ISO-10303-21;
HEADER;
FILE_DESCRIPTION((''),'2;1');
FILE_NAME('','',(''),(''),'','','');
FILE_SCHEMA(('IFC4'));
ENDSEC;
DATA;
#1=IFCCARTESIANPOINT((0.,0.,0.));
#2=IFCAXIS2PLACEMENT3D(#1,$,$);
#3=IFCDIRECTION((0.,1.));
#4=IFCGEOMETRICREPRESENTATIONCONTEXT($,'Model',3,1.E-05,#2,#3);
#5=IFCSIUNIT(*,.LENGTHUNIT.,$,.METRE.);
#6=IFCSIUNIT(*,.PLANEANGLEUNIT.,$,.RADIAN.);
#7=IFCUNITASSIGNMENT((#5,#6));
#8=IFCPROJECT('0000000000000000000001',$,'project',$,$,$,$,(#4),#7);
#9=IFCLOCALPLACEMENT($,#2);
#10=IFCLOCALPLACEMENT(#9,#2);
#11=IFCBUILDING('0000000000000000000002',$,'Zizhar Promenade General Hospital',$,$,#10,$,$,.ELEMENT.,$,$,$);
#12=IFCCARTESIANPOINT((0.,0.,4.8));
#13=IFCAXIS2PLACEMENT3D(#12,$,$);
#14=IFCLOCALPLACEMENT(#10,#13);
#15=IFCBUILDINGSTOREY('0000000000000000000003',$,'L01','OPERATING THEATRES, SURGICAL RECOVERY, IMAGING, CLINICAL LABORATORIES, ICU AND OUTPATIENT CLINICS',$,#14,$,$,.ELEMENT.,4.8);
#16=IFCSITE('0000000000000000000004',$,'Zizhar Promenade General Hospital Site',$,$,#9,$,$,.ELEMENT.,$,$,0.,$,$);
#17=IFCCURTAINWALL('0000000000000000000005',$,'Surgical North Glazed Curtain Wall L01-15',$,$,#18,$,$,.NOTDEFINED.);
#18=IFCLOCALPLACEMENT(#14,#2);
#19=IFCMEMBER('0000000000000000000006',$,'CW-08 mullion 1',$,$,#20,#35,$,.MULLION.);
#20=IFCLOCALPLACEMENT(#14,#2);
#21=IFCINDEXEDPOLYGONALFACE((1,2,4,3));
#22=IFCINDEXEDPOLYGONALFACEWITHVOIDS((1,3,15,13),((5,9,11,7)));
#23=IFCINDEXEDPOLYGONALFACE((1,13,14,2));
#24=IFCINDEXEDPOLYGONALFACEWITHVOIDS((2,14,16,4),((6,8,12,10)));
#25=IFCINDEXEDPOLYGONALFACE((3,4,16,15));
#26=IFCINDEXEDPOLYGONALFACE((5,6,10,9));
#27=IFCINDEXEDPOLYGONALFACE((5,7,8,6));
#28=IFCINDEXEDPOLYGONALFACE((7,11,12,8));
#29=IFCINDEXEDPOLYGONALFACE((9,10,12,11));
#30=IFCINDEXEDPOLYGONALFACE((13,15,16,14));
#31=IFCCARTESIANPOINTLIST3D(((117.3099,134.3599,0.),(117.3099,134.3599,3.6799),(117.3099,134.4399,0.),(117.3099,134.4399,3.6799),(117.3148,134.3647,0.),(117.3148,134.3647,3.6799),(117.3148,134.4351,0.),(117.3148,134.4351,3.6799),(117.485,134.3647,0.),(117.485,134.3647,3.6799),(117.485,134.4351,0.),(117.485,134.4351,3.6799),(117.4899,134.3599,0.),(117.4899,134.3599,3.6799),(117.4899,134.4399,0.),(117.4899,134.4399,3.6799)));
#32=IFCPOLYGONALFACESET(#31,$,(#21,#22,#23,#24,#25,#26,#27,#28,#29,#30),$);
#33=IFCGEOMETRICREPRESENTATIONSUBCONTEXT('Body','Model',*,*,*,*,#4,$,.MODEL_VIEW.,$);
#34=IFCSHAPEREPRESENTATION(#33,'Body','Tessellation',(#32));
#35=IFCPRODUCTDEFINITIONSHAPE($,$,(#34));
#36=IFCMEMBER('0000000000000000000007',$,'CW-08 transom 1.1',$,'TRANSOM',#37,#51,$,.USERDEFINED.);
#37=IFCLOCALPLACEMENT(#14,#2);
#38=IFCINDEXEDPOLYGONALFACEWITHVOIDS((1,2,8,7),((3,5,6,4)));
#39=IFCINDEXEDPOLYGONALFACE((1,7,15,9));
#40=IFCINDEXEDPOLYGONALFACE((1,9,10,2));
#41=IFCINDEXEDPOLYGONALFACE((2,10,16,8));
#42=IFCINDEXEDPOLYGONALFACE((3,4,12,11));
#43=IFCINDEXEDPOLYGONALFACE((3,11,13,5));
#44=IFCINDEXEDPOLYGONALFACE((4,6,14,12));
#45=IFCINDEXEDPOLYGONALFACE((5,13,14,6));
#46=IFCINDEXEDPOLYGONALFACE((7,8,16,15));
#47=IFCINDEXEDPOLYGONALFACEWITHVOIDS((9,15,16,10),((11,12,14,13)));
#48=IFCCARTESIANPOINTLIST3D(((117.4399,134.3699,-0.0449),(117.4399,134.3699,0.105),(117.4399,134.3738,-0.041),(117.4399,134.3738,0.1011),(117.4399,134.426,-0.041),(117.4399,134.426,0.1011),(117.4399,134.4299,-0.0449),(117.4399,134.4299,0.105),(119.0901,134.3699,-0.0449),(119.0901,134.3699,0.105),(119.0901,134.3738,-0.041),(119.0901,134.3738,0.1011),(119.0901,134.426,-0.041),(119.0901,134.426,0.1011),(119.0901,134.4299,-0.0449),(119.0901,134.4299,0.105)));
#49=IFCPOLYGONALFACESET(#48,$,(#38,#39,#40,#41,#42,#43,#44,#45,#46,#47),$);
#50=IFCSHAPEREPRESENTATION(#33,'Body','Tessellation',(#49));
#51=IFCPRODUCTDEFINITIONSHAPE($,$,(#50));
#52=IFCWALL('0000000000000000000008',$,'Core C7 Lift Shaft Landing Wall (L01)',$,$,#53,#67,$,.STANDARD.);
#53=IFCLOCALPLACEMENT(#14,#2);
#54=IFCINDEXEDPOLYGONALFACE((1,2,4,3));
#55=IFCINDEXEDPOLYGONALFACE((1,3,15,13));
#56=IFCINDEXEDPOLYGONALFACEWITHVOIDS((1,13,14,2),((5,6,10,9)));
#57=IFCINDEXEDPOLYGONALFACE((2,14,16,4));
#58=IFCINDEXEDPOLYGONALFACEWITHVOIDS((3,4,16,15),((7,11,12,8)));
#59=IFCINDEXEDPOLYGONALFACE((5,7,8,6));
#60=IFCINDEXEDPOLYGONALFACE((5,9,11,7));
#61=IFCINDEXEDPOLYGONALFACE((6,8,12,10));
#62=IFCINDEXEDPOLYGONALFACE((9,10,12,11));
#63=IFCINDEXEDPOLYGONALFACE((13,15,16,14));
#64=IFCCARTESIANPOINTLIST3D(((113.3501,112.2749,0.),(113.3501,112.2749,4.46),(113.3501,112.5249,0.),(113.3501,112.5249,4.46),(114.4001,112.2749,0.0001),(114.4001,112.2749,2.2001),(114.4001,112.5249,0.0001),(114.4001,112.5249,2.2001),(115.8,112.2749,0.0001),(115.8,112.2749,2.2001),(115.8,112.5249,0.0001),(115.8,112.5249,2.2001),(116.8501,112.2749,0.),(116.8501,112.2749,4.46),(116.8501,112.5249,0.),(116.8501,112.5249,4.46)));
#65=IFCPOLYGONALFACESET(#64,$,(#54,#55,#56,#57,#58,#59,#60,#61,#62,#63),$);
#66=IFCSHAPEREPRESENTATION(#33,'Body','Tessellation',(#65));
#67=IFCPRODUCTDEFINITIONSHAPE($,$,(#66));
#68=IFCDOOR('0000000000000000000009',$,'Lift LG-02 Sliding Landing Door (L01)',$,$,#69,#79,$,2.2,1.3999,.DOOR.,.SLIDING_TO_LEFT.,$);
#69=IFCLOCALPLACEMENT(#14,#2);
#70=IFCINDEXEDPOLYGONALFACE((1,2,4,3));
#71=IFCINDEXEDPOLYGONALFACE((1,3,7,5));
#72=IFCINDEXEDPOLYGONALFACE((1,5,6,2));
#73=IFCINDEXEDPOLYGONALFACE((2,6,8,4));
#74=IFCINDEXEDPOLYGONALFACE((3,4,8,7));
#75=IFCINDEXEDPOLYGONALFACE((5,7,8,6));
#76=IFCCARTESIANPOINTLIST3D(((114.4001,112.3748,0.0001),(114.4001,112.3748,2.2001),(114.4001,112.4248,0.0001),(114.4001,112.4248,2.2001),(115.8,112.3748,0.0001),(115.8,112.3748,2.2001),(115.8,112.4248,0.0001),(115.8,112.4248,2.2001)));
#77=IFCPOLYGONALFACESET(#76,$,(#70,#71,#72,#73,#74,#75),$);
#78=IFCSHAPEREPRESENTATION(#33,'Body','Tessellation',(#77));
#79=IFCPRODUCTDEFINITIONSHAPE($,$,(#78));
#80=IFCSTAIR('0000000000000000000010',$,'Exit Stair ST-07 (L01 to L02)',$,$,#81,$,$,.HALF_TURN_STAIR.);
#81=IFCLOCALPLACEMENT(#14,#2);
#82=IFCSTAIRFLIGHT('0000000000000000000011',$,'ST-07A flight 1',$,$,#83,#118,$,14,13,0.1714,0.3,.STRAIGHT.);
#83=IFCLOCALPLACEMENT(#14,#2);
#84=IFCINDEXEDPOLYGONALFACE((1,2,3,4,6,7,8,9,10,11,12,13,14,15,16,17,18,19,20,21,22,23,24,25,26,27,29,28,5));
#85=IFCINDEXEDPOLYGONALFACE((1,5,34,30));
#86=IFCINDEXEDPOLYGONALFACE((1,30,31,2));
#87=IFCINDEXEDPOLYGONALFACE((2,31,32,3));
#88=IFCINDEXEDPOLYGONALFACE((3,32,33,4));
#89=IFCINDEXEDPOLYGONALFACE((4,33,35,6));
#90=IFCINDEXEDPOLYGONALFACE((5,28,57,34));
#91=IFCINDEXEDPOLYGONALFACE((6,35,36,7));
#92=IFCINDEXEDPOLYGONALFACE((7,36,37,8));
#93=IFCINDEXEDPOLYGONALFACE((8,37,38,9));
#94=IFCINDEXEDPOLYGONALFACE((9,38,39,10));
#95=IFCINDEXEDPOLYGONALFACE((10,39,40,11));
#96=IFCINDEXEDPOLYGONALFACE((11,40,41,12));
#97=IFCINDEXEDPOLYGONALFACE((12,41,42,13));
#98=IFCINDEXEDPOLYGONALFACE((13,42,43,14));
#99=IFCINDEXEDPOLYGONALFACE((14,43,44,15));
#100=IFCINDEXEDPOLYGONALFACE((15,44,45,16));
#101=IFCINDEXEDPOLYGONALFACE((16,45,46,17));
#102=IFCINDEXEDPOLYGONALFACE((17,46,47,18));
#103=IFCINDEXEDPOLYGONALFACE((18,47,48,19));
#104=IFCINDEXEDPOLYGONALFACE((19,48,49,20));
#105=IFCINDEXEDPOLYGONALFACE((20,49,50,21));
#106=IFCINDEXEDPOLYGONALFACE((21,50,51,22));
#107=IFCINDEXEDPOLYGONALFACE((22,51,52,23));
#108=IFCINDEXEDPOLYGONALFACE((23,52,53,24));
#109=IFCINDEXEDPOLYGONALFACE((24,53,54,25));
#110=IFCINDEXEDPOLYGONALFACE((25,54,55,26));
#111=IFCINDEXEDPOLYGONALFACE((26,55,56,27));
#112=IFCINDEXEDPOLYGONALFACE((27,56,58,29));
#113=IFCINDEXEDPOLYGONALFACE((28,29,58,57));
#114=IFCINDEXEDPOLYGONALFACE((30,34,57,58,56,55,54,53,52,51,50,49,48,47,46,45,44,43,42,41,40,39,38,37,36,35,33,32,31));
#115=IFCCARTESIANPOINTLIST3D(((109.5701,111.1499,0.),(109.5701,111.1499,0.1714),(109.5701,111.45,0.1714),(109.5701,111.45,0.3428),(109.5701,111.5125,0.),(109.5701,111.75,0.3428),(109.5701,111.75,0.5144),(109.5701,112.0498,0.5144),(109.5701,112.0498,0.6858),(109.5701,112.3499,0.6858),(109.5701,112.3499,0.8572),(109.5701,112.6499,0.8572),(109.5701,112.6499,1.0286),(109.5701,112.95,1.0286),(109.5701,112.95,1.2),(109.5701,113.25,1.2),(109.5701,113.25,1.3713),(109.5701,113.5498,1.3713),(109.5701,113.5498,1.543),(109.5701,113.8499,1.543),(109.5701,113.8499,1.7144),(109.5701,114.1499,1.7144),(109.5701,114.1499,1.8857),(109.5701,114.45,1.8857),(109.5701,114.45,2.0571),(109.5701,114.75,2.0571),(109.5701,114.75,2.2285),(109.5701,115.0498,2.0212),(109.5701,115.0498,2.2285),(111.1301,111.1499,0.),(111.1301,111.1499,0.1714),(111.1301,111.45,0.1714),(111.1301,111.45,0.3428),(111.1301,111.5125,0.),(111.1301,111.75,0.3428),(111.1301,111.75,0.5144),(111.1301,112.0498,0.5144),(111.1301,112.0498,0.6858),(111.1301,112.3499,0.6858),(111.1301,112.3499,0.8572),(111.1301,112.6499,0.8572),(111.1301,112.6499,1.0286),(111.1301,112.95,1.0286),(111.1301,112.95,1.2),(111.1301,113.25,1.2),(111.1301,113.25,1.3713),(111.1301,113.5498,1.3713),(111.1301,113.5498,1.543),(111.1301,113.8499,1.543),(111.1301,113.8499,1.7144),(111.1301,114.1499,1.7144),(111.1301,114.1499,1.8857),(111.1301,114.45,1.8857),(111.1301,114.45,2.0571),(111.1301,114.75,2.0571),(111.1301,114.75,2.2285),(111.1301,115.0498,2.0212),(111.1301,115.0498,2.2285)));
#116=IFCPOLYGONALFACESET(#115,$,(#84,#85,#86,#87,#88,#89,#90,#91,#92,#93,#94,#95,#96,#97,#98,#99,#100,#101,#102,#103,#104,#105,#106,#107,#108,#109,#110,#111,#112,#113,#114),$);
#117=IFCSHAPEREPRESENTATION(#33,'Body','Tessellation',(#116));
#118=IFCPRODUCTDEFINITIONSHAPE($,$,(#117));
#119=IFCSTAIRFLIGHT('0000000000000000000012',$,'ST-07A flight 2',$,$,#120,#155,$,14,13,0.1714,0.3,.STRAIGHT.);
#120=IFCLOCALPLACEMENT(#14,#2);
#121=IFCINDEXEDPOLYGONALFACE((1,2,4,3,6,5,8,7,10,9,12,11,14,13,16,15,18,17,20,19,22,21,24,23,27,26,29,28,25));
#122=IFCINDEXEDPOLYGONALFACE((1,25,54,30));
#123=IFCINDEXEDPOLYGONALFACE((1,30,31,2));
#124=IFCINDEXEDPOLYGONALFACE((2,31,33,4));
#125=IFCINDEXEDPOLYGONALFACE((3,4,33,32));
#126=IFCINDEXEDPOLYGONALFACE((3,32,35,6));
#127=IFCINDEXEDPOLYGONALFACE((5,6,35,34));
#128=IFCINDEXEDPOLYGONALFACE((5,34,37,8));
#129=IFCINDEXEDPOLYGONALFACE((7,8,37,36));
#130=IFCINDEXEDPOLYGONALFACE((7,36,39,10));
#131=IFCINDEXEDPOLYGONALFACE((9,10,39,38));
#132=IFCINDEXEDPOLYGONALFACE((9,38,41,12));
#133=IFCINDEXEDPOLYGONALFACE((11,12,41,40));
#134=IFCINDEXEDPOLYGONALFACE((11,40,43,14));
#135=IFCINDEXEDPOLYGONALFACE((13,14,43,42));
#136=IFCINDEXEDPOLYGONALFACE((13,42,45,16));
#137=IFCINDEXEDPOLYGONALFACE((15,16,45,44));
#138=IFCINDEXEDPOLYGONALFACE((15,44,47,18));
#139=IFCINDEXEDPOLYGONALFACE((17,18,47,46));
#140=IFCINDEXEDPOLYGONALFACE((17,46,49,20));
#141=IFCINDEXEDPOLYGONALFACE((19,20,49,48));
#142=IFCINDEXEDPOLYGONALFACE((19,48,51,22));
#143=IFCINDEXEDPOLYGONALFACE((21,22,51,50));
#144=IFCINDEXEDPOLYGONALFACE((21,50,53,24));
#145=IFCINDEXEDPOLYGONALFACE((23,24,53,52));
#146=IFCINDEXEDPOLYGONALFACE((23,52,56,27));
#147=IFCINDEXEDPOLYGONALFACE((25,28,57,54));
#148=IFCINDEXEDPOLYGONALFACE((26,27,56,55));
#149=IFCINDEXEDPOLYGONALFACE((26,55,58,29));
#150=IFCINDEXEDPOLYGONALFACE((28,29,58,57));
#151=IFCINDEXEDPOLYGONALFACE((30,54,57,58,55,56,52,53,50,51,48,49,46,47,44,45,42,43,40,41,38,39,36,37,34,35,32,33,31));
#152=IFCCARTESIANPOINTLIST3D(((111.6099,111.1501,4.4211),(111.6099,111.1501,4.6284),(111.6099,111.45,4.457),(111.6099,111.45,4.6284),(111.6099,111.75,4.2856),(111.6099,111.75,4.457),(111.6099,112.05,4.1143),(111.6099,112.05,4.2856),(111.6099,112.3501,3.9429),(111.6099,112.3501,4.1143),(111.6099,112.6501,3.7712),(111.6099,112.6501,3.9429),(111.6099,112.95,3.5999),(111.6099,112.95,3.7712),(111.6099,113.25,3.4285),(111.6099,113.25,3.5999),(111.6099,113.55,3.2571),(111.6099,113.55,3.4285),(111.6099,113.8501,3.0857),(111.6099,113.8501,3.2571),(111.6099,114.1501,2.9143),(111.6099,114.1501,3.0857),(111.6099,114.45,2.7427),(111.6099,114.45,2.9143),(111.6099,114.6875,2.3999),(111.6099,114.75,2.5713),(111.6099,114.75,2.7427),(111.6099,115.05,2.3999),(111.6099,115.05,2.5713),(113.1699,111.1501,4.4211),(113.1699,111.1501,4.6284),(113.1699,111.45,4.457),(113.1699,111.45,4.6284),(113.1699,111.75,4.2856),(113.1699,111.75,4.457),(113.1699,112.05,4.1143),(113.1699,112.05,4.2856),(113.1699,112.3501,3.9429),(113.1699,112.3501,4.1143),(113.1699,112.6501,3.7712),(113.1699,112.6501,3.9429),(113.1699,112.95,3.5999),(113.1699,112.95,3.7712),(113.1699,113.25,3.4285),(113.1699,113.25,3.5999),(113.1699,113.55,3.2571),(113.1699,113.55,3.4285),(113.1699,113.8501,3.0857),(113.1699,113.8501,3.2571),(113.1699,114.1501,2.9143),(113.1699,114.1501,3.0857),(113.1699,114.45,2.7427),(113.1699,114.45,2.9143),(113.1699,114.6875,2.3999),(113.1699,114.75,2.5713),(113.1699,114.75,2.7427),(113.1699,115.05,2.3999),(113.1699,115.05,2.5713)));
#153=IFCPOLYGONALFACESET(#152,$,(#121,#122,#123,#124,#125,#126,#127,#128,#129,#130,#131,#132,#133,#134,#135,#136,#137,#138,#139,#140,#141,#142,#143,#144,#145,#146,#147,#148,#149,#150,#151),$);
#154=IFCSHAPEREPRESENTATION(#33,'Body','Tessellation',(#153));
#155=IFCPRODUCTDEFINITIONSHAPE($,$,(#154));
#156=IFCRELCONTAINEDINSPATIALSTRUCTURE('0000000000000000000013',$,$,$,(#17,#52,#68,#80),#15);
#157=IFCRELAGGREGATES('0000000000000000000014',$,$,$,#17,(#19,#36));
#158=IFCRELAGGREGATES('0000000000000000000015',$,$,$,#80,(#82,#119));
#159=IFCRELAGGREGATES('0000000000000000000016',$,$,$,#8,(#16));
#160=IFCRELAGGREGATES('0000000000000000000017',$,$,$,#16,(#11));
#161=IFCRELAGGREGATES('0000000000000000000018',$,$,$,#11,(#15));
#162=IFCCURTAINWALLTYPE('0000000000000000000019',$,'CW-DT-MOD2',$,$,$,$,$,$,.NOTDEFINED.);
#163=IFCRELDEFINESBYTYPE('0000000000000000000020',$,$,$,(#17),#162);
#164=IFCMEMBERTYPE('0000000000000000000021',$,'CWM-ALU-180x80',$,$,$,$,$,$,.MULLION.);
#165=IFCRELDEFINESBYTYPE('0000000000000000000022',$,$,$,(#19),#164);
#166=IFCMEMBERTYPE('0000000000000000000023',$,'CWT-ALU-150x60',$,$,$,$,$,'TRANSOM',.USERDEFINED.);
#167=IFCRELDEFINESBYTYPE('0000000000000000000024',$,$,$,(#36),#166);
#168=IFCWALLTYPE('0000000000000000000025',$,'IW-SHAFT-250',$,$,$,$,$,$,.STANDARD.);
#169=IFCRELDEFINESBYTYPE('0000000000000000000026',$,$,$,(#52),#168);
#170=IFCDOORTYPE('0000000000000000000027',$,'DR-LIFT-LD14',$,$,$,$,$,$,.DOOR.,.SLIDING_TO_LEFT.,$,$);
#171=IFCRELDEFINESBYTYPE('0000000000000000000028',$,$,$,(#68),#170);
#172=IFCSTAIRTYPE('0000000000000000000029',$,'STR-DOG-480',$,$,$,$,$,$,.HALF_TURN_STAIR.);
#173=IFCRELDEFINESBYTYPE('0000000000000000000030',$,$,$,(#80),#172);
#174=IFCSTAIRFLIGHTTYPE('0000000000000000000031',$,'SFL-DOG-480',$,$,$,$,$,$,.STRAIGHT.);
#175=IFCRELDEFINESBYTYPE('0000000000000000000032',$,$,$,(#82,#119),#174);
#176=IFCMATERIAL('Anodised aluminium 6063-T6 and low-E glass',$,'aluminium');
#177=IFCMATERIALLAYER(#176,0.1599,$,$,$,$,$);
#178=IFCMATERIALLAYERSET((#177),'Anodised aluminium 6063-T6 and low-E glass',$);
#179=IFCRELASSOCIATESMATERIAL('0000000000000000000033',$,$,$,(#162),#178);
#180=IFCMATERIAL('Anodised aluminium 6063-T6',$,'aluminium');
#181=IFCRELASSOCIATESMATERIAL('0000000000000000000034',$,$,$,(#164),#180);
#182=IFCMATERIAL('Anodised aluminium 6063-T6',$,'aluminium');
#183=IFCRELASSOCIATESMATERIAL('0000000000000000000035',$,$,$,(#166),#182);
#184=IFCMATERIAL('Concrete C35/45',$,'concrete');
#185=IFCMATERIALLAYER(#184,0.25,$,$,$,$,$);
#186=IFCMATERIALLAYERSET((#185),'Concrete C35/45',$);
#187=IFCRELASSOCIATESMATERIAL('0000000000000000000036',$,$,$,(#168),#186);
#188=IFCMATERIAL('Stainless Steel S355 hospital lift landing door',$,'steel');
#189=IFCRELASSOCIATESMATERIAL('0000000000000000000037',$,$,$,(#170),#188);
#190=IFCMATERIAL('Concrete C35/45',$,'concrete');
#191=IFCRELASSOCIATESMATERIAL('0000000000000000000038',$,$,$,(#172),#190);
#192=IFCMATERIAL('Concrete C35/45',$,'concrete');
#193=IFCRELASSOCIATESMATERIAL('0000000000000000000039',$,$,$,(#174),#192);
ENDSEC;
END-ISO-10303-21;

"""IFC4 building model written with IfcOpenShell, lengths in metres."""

from ifc_helpers import new_model, si_unit, direction, frame, frame_2d, origin, origin_2d, place, context, subcontext, project, spatial, polyline, rectangle, hollow_rectangle, outline, extrude, material, layer, layer_set, material_profile, profile_set, type_object, element, fill, aggregate, save


model = new_model("IFC4")

# Units and contexts
model_context = context("Model", 3, precision=1e-05, world=origin(), true_north=direction((0.0, 1.0)))
body_context = subcontext(model_context, "Body", "Model", "MODEL_VIEW")
ifc_project = project(units=[si_unit("LENGTHUNIT", "METRE"), si_unit("PLANEANGLEUNIT", "RADIAN")], contexts=[model_context])

# Site, building, storey
site_placement = place(None, origin())
site = spatial("IfcSite", under=ifc_project, at=site_placement, Name="Zizhar Promenade General Hospital Site", CompositionType="ELEMENT", RefElevation=0.0)
building_placement = place(site_placement, origin())
building = spatial("IfcBuilding", under=site, at=building_placement, Name="Zizhar Promenade General Hospital", CompositionType="ELEMENT")
storey_placement = place(building_placement, frame((0.0, 0.0, 4.8)))
storey = spatial("IfcBuildingStorey", under=building, at=storey_placement, Name="L01", Description="OPERATING THEATRES, SURGICAL RECOVERY, IMAGING, CLINICAL LABORATORIES, ICU AND OUTPATIENT CLINICS", CompositionType="ELEMENT", Elevation=4.8)

# Curtain wall, members
ifc_material_1 = material(Name="Anodised aluminium 6063-T6 and low-E glass", Category="aluminium")
ifc_layer_1 = layer(ifc_material_1, 0.1599)
ifc_layer_set_1 = layer_set([ifc_layer_1], Name="Anodised aluminium 6063-T6 and low-E glass")
curtain_wall_type = type_object("IfcCurtainWallType", Name="CW-DT-MOD2", PredefinedType="NOTDEFINED", material=ifc_layer_set_1)
curtain_wall_placement = place(storey_placement, origin())
curtain_wall = element("IfcCurtainWall", 1, at=curtain_wall_placement, inside=storey, type_object=curtain_wall_type, Name="Surgical North Glazed Curtain Wall L01-15", PredefinedType="NOTDEFINED")
ifc_material_2 = material(Name="Anodised aluminium 6063-T6", Category="aluminium")
ifc_material_profile_1 = material_profile(ifc_material_2, hollow_rectangle(XDim=0.0801, YDim=0.1799, WallThickness=0.0049, at=origin_2d()))
ifc_profile_set_1 = profile_set([ifc_material_profile_1], Name="Anodised aluminium 6063-T6")
member_type_1 = type_object("IfcMemberType", Name="CWM-ALU-180x80", PredefinedType="MULLION", material=ifc_profile_set_1)
member_1_placement = place(storey_placement, frame((117.3999, 134.3999, 0.0), z_axis=(0.0, 0.0, 1.0), x_axis=(0.0, 1.0, 0.0)))
member_1 = element("IfcMember", 2, at=member_1_placement, type_object=member_type_1, Name="CW-08 mullion 1", PredefinedType="MULLION", context=body_context, shape_type="SweptSolid", body=[
    extrude(hollow_rectangle(XDim=0.0801, YDim=0.1799, WallThickness=0.0049, at=origin_2d()), origin(), (0.0, 0.0, 1.0), 3.6799),
])
ifc_material_3 = material(Name="Anodised aluminium 6063-T6", Category="aluminium")
ifc_material_profile_2 = material_profile(ifc_material_3, hollow_rectangle(XDim=0.0601, YDim=0.1499, WallThickness=0.0039, at=origin_2d()))
ifc_profile_set_2 = profile_set([ifc_material_profile_2], Name="Anodised aluminium 6063-T6")
member_type_2 = type_object("IfcMemberType", Name="CWT-ALU-150x60", ElementType="TRANSOM", PredefinedType="USERDEFINED", material=ifc_profile_set_2)
member_2_placement = place(storey_placement, frame((117.4399, 134.3999, 0.03), z_axis=(1.0, 0.0, 0.0), x_axis=(0.0, 1.0, 0.0)))
member_2 = element("IfcMember", 3, at=member_2_placement, type_object=member_type_2, Name="CW-08 transom 1.1", ObjectType="TRANSOM", PredefinedType="USERDEFINED", context=body_context, shape_type="SweptSolid", body=[
    extrude(hollow_rectangle(XDim=0.0601, YDim=0.1499, WallThickness=0.0039, at=origin_2d()), origin(), (0.0, 0.0, 1.0), 1.6501),
])
aggregate(curtain_wall, [member_1, member_2])

# Wall, opening, door
ifc_material_4 = material(Name="Concrete C35/45", Category="concrete")
ifc_layer_2 = layer(ifc_material_4, 0.25)
ifc_layer_set_2 = layer_set([ifc_layer_2], Name="Concrete C35/45")
wall_type = type_object("IfcWallType", Name="IW-SHAFT-250", PredefinedType="STANDARD", material=ifc_layer_set_2)
wall_placement = place(storey_placement, frame((113.3501, 112.3999, 0.0), z_axis=(0.0, 0.0, 1.0), x_axis=(1.0, 0.0, 0.0)))
wall = element("IfcWall", 4, at=wall_placement, inside=storey, type_object=wall_type, Name="Core C7 Lift Shaft Landing Wall (L01)", PredefinedType="STANDARD", context=body_context, shape_type="SweptSolid", body=[
    extrude(rectangle(XDim=3.5, YDim=0.25, at=frame_2d((1.75, 0.0))), origin(), (0.0, 0.0, 1.0), 4.46),
])
opening_placement = place(wall_placement, frame((1.05, 0.0, 0.0)))
opening = element("IfcOpeningElement", 5, at=opening_placement, cuts=wall, PredefinedType="OPENING", context=body_context, shape_type="SweptSolid", body=[
    extrude(rectangle(XDim=1.3999, YDim=2.2, at=frame_2d((0.7, 1.1001))), frame((0.0, 0.135, 0.0), z_axis=(0.0, -1.0, 0.0), x_axis=(1.0, 0.0, 0.0)), (0.0, 0.0, 1.0), 0.27),
])
ifc_material_5 = material(Name="Stainless Steel S355 hospital lift landing door", Category="steel")
door_type = type_object("IfcDoorType", Name="DR-LIFT-LD14", OperationType="SLIDING_TO_LEFT", PredefinedType="DOOR", material=ifc_material_5)
door_placement = place(opening_placement, origin())
door = element("IfcDoor", 6, at=door_placement, inside=storey, type_object=door_type, Name="Lift LG-02 Sliding Landing Door (L01)", OperationType="SLIDING_TO_LEFT", OverallHeight=2.2, OverallWidth=1.3999, PredefinedType="DOOR", context=body_context, shape_type="SweptSolid", body=[
    extrude(rectangle(XDim=1.3999, YDim=2.2, at=frame_2d((0.7, 1.1001))), frame((0.0, 0.0249, 0.0), z_axis=(0.0, -1.0, 0.0), x_axis=(1.0, 0.0, 0.0)), (0.0, 0.0, 1.0), 0.05),
])
fill(opening, door)

# Stair, stair flights
ifc_material_6 = material(Name="Concrete C35/45", Category="concrete")
stair_type = type_object("IfcStairType", Name="STR-DOG-480", PredefinedType="HALF_TURN_STAIR", material=ifc_material_6)
stair_placement = place(storey_placement, origin())
stair = element("IfcStair", 7, at=stair_placement, inside=storey, type_object=stair_type, Name="Exit Stair ST-07 (L01 to L02)", PredefinedType="HALF_TURN_STAIR")
ifc_material_7 = material(Name="Concrete C35/45", Category="concrete")
stair_flight_type = type_object("IfcStairFlightType", Name="SFL-DOG-480", PredefinedType="STRAIGHT", material=ifc_material_7)
stair_flight_1_placement = place(storey_placement, frame((110.3501, 111.1499, 0.0), z_axis=(0.0, 0.0, 1.0), x_axis=(0.0, 1.0, 0.0)))
stair_flight_1 = element("IfcStairFlight", 8, at=stair_flight_1_placement, type_object=stair_flight_type, Name="ST-07A flight 1", NumberOfRisers=14, NumberOfTreads=13, PredefinedType="STRAIGHT", RiserHeight=0.1714, TreadLength=0.3, context=body_context, shape_type="SweptSolid", body=[
    extrude(outline(polyline([(0.0, 0.0), (0.0, 0.1714), (0.3, 0.1714), (0.3, 0.3428), (0.6001, 0.3428), (0.6001, 0.5144), (0.8999, 0.5144), (0.8999, 0.6858), (1.2, 0.6858), (1.2, 0.8572), (1.5, 0.8572), (1.5, 1.0286), (1.8, 1.0286), (1.8, 1.2), (2.1001, 1.2), (2.1001, 1.3713), (2.3999, 1.3713), (2.3999, 1.543), (2.7, 1.543), (2.7, 1.7144), (3.0, 1.7144), (3.0, 1.8857), (3.3, 1.8857), (3.3, 2.0571), (3.6001, 2.0571), (3.6001, 2.2285), (3.8999, 2.2285), (3.8999, 2.3999), (3.8999, 2.0212), (0.3625, 0.0), (0.0, 0.0)])), frame((0.0, 0.78, 0.0), z_axis=(0.0, -1.0, 0.0), x_axis=(1.0, 0.0, 0.0)), (0.0, 0.0, 1.0), 1.5601),
])
stair_flight_2_placement = place(storey_placement, frame((112.3899, 115.05, 2.3999), z_axis=(0.0, 0.0, 1.0), x_axis=(0.0, -1.0, 0.0)))
stair_flight_2 = element("IfcStairFlight", 9, at=stair_flight_2_placement, type_object=stair_flight_type, Name="ST-07A flight 2", NumberOfRisers=14, NumberOfTreads=13, PredefinedType="STRAIGHT", RiserHeight=0.1714, TreadLength=0.3, context=body_context, shape_type="SweptSolid", body=[
    extrude(outline(polyline([(0.0, 0.0), (0.0, 0.1714), (0.3, 0.1714), (0.3, 0.3428), (0.6001, 0.3428), (0.6001, 0.5144), (0.8999, 0.5144), (0.8999, 0.6858), (1.2, 0.6858), (1.2, 0.8572), (1.5, 0.8572), (1.5, 1.0286), (1.8, 1.0286), (1.8, 1.2), (2.1001, 1.2), (2.1001, 1.3713), (2.3999, 1.3713), (2.3999, 1.543), (2.7, 1.543), (2.7, 1.7144), (3.0, 1.7144), (3.0, 1.8857), (3.3, 1.8857), (3.3, 2.0571), (3.6001, 2.0571), (3.6001, 2.2285), (3.8999, 2.2285), (3.8999, 2.3999), (3.8999, 2.0212), (0.3625, 0.0), (0.0, 0.0)])), frame((0.0, 0.78, 0.0), z_axis=(0.0, -1.0, 0.0), x_axis=(1.0, 0.0, 0.0)), (0.0, 0.0, 1.0), 1.5601),
])
aggregate(stair, [stair_flight_1, stair_flight_2])

save(model, "model.ifc")
